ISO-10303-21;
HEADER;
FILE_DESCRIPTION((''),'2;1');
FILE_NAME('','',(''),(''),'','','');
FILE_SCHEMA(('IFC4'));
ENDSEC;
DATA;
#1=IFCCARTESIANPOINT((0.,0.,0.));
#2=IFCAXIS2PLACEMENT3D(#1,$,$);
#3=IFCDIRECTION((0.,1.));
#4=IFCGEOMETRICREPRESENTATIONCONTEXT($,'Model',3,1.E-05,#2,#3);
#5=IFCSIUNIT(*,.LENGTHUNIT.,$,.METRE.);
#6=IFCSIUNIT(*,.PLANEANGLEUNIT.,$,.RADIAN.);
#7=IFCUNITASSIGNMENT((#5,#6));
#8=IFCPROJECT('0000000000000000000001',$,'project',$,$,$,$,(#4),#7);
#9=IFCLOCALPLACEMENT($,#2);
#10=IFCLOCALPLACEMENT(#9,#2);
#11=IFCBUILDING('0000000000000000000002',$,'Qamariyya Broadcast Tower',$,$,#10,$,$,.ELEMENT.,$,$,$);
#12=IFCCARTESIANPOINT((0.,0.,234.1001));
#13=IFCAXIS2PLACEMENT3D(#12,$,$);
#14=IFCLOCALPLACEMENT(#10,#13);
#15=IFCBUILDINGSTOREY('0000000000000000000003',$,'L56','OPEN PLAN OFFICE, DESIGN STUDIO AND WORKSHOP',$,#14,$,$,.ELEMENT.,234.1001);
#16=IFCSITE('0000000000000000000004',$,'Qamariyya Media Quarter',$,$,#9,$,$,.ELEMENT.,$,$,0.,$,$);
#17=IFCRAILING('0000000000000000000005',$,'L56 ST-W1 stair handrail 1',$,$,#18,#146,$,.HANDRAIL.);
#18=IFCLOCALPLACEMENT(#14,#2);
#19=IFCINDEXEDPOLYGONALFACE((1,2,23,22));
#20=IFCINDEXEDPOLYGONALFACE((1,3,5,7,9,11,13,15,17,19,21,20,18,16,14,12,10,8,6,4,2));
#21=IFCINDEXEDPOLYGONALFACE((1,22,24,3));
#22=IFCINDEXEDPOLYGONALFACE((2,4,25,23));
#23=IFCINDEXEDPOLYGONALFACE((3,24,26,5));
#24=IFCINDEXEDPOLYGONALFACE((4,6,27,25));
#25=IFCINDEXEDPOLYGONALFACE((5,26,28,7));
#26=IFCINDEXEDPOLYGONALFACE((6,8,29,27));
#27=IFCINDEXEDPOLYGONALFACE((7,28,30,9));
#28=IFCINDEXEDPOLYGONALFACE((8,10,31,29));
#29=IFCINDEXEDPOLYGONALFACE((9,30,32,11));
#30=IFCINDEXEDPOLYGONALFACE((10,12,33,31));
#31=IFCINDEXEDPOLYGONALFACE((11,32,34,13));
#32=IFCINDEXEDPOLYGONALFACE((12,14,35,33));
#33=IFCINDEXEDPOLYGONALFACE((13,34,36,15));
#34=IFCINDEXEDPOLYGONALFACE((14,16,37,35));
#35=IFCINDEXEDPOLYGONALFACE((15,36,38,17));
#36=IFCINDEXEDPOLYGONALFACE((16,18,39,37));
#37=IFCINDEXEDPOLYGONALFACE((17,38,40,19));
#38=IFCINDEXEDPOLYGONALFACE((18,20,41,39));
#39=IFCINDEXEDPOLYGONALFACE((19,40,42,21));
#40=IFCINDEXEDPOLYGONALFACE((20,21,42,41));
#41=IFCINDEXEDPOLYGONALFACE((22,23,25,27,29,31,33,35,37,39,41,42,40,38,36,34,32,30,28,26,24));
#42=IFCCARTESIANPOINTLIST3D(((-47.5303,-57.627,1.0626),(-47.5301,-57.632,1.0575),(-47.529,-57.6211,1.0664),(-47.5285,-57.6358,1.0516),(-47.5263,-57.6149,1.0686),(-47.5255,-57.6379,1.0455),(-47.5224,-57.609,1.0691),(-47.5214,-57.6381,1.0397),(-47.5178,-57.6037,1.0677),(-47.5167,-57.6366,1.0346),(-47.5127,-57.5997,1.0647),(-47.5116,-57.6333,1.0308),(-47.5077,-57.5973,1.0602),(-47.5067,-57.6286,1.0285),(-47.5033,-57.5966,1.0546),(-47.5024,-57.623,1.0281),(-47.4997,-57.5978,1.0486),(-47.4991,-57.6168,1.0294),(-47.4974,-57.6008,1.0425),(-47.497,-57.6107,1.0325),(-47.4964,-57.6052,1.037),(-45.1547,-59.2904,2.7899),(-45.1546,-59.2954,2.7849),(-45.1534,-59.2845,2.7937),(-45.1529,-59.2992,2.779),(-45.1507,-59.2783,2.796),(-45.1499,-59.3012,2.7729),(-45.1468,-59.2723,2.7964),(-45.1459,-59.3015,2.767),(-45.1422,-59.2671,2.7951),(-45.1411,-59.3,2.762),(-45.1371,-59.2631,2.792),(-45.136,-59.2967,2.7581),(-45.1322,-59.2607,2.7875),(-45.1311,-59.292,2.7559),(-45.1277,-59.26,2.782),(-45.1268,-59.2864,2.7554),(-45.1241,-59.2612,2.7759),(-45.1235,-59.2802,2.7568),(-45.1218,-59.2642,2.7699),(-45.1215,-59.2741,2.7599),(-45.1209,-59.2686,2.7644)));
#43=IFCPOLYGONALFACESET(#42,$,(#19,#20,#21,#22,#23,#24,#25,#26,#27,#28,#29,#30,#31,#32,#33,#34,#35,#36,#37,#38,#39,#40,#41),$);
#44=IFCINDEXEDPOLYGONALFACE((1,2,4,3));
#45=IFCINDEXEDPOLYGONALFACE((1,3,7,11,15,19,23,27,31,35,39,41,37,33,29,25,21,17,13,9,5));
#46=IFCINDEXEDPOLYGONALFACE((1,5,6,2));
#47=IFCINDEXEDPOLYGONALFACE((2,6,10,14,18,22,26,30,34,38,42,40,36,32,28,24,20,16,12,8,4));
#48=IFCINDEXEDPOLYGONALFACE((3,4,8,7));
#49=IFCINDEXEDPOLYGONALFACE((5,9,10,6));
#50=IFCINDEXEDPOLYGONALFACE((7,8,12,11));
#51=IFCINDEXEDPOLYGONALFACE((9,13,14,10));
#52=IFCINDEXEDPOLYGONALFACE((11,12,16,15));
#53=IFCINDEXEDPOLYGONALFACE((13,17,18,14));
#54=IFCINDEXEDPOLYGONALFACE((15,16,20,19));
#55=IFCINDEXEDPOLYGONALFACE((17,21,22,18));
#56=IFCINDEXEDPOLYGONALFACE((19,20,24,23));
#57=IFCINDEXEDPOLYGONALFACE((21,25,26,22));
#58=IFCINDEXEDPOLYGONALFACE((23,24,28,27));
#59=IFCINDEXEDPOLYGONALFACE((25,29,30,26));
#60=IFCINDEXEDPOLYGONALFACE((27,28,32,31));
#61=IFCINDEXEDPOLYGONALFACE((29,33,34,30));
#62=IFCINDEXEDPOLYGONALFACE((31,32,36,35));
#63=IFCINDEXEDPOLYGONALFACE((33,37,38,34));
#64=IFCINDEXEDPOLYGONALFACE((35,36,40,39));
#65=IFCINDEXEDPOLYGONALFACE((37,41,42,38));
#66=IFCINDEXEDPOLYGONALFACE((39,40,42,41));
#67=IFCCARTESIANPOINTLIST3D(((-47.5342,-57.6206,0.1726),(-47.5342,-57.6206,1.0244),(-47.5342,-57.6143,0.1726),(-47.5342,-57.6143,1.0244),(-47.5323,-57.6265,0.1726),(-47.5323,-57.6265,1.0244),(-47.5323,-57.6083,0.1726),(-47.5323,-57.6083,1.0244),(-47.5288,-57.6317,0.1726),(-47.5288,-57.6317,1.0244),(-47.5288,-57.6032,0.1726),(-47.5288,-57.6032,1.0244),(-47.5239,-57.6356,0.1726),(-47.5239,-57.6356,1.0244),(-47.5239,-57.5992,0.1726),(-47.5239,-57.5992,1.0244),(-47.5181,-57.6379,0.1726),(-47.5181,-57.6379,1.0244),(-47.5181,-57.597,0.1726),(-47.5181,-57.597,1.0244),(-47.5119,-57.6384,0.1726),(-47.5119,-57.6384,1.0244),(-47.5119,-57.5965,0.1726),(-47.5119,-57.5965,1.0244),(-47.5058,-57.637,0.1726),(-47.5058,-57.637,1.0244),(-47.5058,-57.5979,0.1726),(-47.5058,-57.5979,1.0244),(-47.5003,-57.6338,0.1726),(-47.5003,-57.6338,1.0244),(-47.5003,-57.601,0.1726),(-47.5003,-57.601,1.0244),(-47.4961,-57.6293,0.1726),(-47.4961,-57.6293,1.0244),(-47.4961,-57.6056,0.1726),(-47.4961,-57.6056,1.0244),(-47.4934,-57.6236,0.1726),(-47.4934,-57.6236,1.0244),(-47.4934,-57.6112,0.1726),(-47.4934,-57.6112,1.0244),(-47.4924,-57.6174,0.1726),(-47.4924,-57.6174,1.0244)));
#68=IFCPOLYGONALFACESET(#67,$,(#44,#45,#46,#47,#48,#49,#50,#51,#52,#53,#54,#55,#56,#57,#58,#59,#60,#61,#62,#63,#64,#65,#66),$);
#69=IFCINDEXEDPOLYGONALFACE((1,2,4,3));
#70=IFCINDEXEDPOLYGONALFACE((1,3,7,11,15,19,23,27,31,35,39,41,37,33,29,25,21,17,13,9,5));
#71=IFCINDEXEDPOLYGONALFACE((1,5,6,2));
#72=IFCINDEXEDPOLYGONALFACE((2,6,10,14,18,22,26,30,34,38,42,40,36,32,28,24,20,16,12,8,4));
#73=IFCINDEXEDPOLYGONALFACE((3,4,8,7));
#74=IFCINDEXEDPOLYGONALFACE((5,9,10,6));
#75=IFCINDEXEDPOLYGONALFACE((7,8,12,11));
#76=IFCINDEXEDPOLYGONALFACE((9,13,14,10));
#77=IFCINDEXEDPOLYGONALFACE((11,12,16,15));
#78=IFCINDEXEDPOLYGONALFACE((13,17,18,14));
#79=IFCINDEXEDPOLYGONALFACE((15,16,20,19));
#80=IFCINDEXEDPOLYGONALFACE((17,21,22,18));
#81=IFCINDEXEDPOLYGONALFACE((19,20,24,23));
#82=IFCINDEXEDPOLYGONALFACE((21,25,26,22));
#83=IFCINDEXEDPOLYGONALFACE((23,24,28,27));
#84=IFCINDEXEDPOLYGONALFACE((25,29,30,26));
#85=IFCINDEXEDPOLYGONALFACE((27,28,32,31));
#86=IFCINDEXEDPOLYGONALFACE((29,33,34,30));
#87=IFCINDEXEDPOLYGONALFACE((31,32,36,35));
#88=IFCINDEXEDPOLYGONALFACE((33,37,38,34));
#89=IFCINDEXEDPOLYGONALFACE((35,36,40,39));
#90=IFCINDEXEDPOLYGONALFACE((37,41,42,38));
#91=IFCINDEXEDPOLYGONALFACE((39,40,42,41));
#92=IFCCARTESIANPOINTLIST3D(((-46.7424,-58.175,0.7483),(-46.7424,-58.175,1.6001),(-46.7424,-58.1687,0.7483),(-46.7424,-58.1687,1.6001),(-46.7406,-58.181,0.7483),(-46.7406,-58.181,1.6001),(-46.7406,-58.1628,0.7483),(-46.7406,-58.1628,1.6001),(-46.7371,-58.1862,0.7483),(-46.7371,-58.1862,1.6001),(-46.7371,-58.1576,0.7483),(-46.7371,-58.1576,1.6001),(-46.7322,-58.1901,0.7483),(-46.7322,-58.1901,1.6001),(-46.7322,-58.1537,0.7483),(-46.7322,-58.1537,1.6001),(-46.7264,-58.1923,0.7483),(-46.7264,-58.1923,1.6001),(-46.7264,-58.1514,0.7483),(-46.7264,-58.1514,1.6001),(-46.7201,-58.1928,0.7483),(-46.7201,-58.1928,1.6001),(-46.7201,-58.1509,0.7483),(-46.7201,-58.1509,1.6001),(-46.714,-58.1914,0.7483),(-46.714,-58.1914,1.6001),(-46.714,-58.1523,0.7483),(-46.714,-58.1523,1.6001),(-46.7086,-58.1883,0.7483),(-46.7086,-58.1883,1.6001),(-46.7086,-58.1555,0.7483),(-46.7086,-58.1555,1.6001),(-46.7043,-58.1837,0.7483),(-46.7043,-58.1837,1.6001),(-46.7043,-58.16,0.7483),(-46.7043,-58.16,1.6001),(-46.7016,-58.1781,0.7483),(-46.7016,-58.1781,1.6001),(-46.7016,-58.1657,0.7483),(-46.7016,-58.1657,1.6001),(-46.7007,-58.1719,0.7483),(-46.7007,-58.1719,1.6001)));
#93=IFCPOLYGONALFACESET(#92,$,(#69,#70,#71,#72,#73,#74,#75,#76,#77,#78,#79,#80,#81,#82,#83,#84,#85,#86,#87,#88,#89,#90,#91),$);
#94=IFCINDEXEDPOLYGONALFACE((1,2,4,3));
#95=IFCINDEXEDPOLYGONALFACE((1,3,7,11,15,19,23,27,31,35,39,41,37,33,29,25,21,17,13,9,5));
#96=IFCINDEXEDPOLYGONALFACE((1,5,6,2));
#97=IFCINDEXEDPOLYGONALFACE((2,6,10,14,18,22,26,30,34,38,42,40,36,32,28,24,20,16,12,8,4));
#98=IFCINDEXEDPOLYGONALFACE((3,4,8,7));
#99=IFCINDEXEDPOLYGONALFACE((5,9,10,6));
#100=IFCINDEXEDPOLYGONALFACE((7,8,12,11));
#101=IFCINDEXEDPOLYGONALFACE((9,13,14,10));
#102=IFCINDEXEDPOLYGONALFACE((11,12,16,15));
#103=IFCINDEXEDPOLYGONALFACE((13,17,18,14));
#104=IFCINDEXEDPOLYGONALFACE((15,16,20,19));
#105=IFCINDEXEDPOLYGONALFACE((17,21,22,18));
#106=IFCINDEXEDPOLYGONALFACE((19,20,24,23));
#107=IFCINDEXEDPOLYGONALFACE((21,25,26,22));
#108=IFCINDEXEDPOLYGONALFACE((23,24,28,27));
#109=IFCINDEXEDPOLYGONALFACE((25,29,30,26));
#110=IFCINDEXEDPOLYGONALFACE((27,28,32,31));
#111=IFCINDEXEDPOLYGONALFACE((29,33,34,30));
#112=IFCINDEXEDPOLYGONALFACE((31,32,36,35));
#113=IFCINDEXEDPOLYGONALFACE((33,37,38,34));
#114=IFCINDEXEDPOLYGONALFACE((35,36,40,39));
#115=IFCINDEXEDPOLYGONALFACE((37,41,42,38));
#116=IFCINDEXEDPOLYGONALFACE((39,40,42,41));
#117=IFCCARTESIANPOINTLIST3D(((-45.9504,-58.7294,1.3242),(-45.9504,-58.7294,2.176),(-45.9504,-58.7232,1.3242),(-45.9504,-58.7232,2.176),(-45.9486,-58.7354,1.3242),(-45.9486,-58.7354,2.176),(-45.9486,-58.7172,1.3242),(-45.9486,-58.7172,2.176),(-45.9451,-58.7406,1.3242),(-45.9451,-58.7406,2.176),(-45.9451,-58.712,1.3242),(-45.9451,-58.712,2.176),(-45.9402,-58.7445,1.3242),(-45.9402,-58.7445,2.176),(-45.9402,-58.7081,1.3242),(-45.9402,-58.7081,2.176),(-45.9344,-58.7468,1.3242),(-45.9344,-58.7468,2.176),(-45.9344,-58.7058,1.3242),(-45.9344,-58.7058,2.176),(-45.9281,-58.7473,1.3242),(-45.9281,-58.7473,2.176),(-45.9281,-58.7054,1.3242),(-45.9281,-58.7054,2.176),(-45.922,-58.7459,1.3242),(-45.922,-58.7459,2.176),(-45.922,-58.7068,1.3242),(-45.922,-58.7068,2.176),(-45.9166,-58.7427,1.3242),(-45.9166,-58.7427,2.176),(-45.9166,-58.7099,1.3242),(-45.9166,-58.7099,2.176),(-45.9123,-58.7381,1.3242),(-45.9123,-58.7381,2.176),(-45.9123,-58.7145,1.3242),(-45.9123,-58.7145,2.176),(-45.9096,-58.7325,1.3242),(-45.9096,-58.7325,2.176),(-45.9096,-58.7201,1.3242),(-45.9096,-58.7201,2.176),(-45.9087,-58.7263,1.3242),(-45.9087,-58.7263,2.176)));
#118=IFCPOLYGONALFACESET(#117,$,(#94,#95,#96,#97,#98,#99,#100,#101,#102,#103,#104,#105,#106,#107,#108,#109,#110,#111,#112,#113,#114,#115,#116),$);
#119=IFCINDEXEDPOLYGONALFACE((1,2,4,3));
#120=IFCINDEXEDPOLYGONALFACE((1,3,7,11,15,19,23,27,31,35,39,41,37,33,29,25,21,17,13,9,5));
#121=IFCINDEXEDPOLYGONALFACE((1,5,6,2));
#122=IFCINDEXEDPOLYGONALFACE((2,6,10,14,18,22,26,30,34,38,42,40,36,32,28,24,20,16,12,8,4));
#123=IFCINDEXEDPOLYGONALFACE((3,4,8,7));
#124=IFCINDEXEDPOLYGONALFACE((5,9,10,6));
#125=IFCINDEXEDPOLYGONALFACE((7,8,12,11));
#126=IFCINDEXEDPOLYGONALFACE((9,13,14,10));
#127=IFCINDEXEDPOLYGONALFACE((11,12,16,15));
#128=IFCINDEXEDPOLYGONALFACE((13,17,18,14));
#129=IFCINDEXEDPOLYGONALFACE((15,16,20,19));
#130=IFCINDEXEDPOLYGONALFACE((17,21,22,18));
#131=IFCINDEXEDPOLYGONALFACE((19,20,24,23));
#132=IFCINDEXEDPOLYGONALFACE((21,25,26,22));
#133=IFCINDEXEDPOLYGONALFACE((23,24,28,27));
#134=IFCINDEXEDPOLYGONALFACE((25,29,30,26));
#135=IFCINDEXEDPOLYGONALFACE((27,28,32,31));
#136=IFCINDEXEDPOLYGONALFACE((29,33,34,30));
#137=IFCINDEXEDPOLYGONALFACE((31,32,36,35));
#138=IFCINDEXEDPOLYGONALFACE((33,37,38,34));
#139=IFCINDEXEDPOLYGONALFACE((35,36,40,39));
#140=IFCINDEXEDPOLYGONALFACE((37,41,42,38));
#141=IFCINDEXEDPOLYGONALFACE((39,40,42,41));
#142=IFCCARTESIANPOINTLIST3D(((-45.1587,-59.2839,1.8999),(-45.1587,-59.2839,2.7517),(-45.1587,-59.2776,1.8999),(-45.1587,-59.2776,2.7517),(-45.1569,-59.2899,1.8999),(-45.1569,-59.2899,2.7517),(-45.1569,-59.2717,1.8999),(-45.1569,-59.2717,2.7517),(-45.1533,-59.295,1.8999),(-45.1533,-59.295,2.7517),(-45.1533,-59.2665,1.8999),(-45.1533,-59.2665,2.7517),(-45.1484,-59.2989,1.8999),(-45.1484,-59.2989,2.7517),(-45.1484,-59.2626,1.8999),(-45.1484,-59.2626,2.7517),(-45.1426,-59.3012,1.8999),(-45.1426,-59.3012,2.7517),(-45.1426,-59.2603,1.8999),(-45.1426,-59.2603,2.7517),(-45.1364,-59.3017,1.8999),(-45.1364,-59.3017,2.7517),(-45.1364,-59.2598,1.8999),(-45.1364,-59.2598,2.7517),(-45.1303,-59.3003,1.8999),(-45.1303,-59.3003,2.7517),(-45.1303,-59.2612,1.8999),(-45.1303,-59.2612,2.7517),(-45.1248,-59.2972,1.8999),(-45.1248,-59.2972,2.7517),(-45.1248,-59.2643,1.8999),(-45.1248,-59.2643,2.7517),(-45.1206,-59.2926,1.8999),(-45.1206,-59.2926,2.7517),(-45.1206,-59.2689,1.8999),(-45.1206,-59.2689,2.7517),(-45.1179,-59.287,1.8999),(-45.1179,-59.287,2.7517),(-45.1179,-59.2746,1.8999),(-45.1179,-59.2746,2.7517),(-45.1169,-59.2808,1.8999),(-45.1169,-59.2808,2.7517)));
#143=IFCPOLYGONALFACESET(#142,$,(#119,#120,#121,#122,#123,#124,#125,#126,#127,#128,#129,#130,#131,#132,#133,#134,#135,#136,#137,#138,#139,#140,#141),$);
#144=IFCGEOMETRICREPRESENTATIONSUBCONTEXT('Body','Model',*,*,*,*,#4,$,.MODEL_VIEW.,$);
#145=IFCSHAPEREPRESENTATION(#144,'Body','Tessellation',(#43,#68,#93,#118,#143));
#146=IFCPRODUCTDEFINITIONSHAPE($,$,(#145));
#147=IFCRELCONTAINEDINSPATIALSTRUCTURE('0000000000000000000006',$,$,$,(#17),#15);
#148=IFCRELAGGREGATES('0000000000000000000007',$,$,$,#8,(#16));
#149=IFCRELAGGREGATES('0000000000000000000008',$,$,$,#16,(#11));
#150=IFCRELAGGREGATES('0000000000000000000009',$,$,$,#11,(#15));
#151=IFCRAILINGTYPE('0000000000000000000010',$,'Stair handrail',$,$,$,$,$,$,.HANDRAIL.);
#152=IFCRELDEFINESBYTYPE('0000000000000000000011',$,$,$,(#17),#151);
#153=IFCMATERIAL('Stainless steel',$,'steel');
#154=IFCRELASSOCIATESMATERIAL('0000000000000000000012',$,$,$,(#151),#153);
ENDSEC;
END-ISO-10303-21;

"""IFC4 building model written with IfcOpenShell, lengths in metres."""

from ifc_helpers import new_model, si_unit, direction, frame, origin, origin_2d, place, context, subcontext, project, spatial, circle, extrude, material, type_object, element, save


model = new_model("IFC4")

# Units and contexts
model_context = context("Model", 3, precision=1e-05, world=origin(), true_north=direction((0.0, 1.0)))
body_context = subcontext(model_context, "Body", "Model", "MODEL_VIEW")
ifc_project = project(units=[si_unit("LENGTHUNIT", "METRE"), si_unit("PLANEANGLEUNIT", "RADIAN")], contexts=[model_context])

# Site, building, storey
site_placement = place(None, origin())
site = spatial("IfcSite", under=ifc_project, at=site_placement, Name="Qamariyya Media Quarter", CompositionType="ELEMENT", RefElevation=0.0)
building_placement = place(site_placement, origin())
building = spatial("IfcBuilding", under=site, at=building_placement, Name="Qamariyya Broadcast Tower", CompositionType="ELEMENT")
storey_placement = place(building_placement, frame((0.0, 0.0, 234.1001)))
storey = spatial("IfcBuildingStorey", under=building, at=storey_placement, Name="L56", Description="OPEN PLAN OFFICE, DESIGN STUDIO AND WORKSHOP", CompositionType="ELEMENT", Elevation=234.1001)

# Railing
ifc_material_1 = material(Name="Stainless steel", Category="steel")
railing_type_1 = type_object("IfcRailingType", Name="Stair handrail", PredefinedType="HANDRAIL", material=ifc_material_1)
railing_1_placement = place(storey_placement, frame((-47.5134, -57.6174, 0.1726)))
element("IfcRailing", 1, at=railing_1_placement, inside=storey, type_object=railing_type_1, Name="L56 ST-W1 stair handrail 1", PredefinedType="HANDRAIL", context=body_context, shape_type="SweptSolid", body=[
    extrude(circle(Radius=0.0239, at=origin_2d()), frame((0.0, 0.0, 0.876), z_axis=(0.70377, -0.492784, 0.511734), x_axis=(0.573575, 0.819153, 0.0)), (0.0, 0.0, 1.0), 3.3755),
    extrude(circle(Radius=0.021, at=origin_2d()), origin(), (0.0, 0.0, 1.0), 0.8518),
    extrude(circle(Radius=0.021, at=origin_2d()), frame((0.7917, -0.5544, 0.5757)), (0.0, 0.0, 1.0), 0.8518),
    extrude(circle(Radius=0.021, at=origin_2d()), frame((1.5837, -1.1089, 1.1516)), (0.0, 0.0, 1.0), 0.8518),
    extrude(circle(Radius=0.021, at=origin_2d()), frame((2.3755, -1.6633, 1.7273)), (0.0, 0.0, 1.0), 0.8518),
])

save(model, "model.ifc")
